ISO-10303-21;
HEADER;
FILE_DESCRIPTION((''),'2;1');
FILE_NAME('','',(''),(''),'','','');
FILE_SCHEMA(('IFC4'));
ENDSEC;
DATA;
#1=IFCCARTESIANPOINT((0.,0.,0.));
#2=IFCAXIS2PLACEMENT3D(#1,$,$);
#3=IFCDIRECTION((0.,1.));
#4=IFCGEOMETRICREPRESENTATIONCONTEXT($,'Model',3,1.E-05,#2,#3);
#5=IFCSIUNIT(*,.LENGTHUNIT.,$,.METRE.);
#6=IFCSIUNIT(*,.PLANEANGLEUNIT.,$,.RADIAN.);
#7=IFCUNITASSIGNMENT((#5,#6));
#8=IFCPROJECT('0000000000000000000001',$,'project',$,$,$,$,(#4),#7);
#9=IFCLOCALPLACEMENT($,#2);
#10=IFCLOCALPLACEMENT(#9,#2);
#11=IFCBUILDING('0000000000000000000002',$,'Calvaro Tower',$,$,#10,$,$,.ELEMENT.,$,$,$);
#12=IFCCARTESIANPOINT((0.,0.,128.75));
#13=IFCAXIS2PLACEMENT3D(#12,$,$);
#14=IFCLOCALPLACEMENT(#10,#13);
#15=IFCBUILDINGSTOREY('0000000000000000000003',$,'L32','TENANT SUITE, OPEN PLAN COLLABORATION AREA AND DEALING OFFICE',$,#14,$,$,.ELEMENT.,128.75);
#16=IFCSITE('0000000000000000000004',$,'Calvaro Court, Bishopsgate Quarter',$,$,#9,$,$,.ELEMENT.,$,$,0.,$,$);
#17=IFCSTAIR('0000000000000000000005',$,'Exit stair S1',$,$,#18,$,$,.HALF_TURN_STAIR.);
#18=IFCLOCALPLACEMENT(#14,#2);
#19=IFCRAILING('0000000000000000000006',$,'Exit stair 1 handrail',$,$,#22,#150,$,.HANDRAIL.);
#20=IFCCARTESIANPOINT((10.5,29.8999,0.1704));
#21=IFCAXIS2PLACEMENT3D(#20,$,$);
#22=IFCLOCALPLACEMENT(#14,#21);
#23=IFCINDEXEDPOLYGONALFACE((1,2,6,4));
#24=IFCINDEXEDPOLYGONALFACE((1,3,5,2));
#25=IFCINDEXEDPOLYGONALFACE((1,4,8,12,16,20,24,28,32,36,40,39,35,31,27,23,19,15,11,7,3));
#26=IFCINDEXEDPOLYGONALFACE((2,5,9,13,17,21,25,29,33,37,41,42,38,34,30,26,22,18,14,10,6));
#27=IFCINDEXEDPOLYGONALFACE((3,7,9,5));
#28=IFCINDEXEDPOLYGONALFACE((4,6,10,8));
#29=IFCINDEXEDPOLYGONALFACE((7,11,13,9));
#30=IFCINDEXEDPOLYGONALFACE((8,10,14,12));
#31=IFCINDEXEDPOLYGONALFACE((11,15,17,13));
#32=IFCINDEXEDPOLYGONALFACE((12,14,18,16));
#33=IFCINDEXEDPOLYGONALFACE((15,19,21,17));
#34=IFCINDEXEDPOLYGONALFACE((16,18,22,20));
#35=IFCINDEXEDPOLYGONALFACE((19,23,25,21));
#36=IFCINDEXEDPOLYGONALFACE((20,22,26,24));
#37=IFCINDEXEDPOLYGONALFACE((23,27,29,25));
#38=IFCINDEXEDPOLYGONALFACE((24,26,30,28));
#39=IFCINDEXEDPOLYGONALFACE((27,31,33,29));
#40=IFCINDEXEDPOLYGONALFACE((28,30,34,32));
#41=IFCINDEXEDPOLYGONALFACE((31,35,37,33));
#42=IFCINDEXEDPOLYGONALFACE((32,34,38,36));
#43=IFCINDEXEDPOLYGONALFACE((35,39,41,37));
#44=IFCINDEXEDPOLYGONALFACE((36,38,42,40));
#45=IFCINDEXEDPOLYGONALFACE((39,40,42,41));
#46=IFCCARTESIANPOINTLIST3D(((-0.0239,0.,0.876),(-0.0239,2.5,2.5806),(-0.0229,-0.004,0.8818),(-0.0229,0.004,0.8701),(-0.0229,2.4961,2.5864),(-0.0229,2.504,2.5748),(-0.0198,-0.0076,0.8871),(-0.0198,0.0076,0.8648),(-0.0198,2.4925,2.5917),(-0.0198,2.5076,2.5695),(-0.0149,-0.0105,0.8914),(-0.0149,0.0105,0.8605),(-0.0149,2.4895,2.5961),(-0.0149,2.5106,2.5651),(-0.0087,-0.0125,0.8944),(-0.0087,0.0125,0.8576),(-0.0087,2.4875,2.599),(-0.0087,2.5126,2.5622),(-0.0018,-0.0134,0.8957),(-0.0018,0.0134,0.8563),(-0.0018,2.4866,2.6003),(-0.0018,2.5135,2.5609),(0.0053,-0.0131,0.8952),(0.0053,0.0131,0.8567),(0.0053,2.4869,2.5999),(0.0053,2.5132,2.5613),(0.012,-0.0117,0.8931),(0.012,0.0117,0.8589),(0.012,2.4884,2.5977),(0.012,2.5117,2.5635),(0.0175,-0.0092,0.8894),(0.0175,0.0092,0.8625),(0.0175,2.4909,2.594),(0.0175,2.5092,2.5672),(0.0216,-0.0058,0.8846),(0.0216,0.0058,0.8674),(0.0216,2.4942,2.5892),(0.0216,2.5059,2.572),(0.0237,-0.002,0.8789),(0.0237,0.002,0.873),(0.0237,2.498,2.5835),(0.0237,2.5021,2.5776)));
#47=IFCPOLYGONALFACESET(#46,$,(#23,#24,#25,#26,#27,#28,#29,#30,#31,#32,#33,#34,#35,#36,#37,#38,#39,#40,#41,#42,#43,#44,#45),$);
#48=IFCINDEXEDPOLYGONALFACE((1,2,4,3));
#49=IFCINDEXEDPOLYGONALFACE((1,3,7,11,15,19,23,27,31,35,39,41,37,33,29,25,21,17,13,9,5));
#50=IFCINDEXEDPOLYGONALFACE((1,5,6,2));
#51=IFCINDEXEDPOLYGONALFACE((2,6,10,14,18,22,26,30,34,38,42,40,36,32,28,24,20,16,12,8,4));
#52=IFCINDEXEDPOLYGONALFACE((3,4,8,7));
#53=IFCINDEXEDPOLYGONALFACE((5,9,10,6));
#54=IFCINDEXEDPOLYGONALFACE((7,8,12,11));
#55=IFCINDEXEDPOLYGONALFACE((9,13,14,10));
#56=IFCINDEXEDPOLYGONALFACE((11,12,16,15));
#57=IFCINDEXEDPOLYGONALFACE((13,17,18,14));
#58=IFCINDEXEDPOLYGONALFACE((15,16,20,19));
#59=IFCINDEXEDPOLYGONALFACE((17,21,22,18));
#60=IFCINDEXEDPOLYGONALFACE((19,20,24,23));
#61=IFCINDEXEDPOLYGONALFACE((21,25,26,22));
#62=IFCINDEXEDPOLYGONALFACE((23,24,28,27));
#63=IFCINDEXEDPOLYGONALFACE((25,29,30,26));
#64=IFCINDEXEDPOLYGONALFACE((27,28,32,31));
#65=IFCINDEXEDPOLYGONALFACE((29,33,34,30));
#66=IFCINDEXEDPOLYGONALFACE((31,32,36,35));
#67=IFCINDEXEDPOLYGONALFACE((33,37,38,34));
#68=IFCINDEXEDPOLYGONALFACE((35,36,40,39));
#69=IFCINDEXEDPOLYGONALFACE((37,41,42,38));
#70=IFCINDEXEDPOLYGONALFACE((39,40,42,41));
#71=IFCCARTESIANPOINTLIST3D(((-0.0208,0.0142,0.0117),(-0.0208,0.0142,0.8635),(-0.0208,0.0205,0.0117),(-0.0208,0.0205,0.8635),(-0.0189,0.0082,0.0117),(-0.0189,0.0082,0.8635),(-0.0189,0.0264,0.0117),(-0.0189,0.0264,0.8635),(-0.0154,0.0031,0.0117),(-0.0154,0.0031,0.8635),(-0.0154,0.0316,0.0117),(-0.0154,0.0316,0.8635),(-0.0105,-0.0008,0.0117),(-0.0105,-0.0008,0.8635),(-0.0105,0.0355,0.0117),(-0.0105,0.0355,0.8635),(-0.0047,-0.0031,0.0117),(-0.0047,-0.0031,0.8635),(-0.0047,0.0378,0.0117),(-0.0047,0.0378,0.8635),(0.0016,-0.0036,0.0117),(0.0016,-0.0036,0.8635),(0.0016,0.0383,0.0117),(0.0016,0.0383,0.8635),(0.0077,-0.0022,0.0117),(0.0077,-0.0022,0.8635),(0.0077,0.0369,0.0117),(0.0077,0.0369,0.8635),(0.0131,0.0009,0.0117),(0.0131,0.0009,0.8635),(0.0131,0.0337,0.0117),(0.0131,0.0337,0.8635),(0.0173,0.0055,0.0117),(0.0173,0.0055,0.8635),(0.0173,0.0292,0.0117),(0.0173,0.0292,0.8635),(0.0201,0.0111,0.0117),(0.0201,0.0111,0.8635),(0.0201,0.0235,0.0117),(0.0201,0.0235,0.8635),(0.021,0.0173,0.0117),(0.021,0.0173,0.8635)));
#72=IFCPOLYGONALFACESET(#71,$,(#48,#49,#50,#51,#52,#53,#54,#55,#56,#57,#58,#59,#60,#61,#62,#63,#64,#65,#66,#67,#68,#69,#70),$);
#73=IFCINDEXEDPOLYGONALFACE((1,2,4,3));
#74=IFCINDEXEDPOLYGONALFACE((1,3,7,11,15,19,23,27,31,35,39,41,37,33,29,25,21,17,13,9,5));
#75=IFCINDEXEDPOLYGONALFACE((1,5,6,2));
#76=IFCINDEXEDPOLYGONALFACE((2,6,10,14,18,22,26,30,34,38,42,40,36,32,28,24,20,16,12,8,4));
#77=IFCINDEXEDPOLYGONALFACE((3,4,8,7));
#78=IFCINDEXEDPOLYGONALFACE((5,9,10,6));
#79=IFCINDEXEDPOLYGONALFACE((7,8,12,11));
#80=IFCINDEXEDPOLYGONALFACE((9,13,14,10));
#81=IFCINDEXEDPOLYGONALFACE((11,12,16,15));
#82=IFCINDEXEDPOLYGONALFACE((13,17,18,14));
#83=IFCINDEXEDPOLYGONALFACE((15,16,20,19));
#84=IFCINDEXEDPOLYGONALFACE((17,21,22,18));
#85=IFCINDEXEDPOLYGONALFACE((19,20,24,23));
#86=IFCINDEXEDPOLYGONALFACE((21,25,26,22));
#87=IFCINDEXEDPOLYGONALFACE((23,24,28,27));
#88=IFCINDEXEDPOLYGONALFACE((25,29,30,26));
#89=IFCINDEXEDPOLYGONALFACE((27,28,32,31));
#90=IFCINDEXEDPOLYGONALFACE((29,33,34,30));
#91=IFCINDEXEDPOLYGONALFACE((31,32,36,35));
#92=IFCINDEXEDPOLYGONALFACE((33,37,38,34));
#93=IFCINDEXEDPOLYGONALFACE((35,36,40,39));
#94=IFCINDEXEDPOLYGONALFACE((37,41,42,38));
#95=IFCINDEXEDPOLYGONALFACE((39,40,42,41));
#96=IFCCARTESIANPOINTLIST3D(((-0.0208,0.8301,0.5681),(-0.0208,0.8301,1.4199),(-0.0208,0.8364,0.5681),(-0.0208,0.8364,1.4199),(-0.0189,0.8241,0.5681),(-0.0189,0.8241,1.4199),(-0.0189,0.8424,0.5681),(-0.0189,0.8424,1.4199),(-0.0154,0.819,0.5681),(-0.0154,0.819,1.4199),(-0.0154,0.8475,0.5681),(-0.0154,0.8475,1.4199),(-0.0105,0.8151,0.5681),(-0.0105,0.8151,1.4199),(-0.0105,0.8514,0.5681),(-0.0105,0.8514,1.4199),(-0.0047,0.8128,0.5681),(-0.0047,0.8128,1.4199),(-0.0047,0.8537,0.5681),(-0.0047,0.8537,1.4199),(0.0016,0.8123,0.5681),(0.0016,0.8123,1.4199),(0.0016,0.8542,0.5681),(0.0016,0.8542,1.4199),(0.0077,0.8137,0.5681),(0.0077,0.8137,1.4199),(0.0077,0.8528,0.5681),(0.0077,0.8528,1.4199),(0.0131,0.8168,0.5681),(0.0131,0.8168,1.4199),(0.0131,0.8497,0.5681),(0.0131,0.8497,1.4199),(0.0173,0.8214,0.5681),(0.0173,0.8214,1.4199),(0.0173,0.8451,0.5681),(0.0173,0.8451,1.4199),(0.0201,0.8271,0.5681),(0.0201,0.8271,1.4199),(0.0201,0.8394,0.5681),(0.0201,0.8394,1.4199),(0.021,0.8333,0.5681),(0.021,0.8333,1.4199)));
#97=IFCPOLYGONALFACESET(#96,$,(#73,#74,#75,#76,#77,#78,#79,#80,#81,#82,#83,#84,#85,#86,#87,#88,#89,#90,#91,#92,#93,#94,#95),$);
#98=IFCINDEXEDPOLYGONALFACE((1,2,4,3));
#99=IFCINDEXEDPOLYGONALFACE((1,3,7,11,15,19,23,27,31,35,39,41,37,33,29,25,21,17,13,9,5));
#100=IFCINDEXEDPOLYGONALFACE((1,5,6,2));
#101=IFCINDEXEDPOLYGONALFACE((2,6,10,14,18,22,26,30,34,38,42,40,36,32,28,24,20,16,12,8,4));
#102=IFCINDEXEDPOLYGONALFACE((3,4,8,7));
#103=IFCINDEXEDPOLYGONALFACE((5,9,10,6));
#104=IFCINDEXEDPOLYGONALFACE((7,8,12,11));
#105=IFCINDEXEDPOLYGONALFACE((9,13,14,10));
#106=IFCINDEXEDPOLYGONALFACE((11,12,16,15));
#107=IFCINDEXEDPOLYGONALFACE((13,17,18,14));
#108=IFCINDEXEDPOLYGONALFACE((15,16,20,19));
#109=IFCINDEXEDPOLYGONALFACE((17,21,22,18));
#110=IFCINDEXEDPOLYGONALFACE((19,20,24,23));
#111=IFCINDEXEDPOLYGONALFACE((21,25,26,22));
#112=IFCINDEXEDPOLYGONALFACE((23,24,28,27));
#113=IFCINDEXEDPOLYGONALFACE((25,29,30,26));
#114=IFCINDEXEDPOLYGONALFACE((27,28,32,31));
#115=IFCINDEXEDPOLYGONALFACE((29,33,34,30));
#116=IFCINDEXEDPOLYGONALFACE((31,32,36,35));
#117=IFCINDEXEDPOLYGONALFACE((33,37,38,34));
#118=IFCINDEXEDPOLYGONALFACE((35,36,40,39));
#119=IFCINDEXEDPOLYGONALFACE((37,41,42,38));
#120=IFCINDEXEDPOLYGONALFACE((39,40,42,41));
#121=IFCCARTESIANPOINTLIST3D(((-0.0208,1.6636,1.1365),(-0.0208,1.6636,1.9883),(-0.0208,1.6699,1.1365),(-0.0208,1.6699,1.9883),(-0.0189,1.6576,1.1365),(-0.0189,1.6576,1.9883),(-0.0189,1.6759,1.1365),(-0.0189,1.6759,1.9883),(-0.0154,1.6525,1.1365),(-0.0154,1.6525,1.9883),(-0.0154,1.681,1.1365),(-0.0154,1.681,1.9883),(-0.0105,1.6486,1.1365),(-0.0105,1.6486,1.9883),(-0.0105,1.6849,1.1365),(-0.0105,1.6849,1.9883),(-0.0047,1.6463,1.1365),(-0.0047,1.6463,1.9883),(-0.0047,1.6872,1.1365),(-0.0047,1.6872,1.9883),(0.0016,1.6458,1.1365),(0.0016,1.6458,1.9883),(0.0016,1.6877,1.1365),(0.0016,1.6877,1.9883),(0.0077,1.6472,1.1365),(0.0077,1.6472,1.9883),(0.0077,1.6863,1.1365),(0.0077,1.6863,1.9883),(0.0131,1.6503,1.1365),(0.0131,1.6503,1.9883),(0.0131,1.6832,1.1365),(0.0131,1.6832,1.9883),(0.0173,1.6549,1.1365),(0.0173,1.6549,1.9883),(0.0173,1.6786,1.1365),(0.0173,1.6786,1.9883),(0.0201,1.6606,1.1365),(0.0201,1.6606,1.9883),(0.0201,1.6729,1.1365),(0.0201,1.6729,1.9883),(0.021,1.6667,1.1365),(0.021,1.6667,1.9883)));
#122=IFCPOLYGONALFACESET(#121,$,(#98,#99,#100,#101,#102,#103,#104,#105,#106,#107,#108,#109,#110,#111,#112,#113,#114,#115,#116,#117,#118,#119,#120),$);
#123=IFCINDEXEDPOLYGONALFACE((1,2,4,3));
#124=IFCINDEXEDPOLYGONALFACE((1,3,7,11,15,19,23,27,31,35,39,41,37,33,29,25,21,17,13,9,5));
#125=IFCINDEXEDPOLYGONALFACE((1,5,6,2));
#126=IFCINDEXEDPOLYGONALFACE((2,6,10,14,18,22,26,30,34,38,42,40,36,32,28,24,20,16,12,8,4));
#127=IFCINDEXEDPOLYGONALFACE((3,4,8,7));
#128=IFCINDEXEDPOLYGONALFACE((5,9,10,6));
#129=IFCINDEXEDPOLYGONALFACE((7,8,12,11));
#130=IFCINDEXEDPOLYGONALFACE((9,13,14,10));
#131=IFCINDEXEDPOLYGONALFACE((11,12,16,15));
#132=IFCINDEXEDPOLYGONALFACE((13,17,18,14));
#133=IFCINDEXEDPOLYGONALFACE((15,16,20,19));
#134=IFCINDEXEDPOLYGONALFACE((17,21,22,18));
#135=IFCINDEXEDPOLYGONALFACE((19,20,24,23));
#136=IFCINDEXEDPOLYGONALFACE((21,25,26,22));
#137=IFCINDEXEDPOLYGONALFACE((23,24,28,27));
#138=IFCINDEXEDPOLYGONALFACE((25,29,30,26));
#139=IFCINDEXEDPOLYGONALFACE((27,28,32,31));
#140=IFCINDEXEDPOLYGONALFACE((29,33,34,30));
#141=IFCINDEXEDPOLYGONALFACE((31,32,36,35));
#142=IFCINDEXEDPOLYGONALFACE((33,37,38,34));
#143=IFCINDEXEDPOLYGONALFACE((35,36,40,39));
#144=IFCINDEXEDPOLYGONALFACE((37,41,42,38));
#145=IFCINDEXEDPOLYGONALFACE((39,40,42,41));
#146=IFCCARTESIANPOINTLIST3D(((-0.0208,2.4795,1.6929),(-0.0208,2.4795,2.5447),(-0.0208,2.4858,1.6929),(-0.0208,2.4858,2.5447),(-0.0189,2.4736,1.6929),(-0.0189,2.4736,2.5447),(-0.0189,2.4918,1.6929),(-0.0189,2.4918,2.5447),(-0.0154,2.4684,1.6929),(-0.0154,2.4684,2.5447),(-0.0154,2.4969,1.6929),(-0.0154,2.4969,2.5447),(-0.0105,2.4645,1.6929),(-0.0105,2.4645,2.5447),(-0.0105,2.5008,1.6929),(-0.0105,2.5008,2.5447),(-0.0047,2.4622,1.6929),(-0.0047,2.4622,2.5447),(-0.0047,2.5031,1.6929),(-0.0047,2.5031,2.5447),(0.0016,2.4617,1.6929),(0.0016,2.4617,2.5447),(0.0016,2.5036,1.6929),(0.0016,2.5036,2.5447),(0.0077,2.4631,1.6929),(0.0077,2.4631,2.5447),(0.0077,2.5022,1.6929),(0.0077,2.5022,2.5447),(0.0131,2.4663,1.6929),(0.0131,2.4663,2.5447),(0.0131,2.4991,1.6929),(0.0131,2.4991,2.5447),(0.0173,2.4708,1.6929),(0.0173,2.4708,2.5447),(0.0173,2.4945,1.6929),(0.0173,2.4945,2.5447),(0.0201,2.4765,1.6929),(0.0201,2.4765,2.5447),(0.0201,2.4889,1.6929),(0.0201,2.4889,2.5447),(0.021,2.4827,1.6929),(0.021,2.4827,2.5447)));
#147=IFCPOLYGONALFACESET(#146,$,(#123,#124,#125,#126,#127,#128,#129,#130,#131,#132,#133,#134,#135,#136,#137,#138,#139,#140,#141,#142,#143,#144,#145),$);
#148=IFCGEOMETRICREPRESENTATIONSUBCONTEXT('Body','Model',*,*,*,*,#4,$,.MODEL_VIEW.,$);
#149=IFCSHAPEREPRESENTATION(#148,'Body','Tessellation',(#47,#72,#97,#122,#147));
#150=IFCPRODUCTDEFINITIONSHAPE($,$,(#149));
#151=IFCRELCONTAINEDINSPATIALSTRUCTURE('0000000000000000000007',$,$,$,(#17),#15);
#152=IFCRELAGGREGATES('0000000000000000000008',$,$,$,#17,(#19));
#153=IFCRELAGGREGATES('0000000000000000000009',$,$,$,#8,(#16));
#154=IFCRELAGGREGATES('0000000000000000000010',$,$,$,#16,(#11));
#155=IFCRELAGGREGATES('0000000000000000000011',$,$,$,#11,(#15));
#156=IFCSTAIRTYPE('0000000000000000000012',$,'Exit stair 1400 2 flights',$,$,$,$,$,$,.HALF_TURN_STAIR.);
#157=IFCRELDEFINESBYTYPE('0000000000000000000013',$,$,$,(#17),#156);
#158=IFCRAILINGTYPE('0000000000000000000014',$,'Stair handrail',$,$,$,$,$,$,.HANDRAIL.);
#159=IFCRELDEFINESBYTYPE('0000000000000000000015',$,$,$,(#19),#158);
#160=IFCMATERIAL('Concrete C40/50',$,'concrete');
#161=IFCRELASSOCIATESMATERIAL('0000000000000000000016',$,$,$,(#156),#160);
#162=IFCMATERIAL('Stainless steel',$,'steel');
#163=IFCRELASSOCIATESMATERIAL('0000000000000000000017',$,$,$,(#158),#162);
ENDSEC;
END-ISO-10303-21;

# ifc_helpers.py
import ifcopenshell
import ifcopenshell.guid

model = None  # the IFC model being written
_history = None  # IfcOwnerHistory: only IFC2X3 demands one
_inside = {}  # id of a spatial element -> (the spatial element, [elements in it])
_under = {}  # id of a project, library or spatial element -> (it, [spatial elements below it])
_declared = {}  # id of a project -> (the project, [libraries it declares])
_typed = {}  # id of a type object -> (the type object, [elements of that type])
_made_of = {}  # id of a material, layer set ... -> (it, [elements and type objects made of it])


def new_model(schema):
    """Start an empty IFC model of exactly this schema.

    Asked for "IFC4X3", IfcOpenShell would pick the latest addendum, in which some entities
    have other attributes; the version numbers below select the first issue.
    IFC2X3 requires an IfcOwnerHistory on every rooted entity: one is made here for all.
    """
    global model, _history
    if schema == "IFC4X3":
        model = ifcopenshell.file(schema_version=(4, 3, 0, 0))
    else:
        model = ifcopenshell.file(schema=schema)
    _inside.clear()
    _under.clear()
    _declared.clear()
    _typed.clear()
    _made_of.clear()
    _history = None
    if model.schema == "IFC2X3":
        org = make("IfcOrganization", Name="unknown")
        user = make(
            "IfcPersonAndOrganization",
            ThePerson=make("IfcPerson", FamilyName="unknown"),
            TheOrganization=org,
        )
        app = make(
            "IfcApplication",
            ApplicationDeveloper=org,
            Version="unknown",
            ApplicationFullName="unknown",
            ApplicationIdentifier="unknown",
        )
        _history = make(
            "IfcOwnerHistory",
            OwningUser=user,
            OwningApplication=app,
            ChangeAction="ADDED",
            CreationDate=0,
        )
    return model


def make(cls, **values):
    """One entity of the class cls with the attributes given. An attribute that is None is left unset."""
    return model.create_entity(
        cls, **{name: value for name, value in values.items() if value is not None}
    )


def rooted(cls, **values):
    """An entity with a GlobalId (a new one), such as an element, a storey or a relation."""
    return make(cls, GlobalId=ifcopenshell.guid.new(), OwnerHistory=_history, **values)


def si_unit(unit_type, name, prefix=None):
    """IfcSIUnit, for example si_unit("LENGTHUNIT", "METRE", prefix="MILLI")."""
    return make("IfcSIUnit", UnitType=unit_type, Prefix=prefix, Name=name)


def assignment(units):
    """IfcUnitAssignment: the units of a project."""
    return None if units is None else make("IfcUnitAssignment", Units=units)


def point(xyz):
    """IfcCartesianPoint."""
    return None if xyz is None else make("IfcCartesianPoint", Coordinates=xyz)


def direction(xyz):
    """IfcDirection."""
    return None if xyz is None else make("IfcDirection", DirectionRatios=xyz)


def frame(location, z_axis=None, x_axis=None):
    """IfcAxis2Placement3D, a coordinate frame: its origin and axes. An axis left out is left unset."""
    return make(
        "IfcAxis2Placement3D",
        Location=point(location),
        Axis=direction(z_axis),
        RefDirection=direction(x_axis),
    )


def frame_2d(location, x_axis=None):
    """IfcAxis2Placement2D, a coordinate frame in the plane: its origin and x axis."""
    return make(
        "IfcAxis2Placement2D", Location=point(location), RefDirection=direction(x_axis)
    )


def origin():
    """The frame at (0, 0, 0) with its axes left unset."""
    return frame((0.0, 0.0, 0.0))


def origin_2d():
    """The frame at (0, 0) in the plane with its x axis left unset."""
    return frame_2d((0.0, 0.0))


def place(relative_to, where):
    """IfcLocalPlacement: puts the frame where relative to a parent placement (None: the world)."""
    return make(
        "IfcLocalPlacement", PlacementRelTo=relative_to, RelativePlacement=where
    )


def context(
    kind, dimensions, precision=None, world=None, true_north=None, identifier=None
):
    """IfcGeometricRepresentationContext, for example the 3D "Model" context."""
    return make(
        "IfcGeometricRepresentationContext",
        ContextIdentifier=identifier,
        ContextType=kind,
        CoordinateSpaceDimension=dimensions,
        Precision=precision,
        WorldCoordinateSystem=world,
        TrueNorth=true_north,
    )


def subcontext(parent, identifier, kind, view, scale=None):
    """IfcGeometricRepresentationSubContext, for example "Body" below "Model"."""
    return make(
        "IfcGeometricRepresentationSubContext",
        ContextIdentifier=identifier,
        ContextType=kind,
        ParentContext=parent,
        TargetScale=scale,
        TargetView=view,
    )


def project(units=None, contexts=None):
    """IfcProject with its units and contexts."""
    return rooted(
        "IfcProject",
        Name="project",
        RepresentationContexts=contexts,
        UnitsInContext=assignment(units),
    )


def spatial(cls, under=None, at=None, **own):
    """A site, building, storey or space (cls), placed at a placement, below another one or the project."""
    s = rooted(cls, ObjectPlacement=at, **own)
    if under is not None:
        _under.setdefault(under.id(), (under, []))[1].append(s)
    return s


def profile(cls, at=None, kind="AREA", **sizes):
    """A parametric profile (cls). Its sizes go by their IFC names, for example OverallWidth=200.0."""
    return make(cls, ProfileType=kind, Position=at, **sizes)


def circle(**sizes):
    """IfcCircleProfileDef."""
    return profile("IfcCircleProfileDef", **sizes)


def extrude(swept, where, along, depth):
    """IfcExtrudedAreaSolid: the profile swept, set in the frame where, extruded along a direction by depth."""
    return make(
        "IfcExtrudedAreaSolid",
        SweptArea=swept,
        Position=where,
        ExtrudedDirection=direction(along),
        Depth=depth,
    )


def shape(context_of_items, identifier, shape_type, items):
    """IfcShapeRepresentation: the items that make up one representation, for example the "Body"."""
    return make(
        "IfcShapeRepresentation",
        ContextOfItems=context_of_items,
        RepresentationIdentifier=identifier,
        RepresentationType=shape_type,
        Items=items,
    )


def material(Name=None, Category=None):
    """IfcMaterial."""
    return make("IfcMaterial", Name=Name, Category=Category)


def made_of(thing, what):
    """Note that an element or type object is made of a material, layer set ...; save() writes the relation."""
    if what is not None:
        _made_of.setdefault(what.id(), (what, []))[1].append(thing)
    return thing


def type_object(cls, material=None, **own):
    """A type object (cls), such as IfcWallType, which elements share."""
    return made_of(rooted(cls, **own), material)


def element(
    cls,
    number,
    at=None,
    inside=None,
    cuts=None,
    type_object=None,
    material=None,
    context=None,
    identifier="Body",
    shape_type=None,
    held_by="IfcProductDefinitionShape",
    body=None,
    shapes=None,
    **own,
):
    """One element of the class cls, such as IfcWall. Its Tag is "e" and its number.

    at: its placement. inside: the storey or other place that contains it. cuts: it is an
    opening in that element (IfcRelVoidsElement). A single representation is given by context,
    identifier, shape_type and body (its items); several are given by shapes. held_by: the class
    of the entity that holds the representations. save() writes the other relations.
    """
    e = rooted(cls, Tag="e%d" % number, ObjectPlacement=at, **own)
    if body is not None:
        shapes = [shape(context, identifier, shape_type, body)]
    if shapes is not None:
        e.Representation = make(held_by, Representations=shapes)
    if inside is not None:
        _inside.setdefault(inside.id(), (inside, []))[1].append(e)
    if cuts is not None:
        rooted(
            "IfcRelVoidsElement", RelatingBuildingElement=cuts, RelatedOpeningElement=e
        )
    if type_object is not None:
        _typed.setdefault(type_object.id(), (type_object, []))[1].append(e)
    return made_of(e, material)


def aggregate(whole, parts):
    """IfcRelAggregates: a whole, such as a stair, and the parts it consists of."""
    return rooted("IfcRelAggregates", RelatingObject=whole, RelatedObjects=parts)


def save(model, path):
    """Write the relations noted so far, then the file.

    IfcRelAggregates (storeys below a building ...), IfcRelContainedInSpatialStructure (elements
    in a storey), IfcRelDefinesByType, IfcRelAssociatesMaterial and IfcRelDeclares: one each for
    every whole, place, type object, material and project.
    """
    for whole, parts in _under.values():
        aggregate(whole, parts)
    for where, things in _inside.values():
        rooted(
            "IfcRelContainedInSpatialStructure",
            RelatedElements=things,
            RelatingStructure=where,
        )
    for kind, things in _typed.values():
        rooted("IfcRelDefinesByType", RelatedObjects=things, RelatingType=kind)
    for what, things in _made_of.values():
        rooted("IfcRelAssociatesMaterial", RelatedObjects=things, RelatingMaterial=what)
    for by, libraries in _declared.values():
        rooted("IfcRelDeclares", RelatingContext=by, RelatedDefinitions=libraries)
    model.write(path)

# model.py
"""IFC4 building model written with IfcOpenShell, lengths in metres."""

from ifc_helpers import new_model, si_unit, direction, frame, origin, origin_2d, place, context, subcontext, project, spatial, circle, extrude, material, type_object, element, aggregate, save


model = new_model("IFC4")

# Units and contexts
model_context = context("Model", 3, precision=1e-05, world=origin(), true_north=direction((0.0, 1.0)))
body_context = subcontext(model_context, "Body", "Model", "MODEL_VIEW")
ifc_project = project(units=[si_unit("LENGTHUNIT", "METRE"), si_unit("PLANEANGLEUNIT", "RADIAN")], contexts=[model_context])

# Site, building, storey
site_placement = place(None, origin())
site = spatial("IfcSite", under=ifc_project, at=site_placement, Name="Calvaro Court, Bishopsgate Quarter", CompositionType="ELEMENT", RefElevation=0.0)
building_placement = place(site_placement, origin())
building = spatial("IfcBuilding", under=site, at=building_placement, Name="Calvaro Tower", CompositionType="ELEMENT")
storey_placement = place(building_placement, frame((0.0, 0.0, 128.75)))
storey = spatial("IfcBuildingStorey", under=building, at=storey_placement, Name="L32", Description="TENANT SUITE, OPEN PLAN COLLABORATION AREA AND DEALING OFFICE", CompositionType="ELEMENT", Elevation=128.75)

# Stair, railing
ifc_material_1 = material(Name="Concrete C40/50", Category="concrete")
stair_type = type_object("IfcStairType", Name="Exit stair 1400 2 flights", PredefinedType="HALF_TURN_STAIR", material=ifc_material_1)
stair_placement = place(storey_placement, origin())
stair = element("IfcStair", 1, at=stair_placement, inside=storey, type_object=stair_type, Name="Exit stair S1", PredefinedType="HALF_TURN_STAIR")
ifc_material_2 = material(Name="Stainless steel", Category="steel")
railing_type = type_object("IfcRailingType", Name="Stair handrail", PredefinedType="HANDRAIL", material=ifc_material_2)
railing_placement = place(storey_placement, frame((10.5, 29.8999, 0.1704)))
railing = element("IfcRailing", 2, at=railing_placement, type_object=railing_type, Name="Exit stair 1 handrail", PredefinedType="HANDRAIL", context=body_context, shape_type="SweptSolid", body=[
    extrude(circle(Radius=0.0239, at=origin_2d()), frame((0.0, 0.0, 0.876), z_axis=(0.0, 0.826221, 0.563347), x_axis=(-1.0, 0.0, 0.0)), (0.0, 0.0, 1.0), 3.0259),
    extrude(circle(Radius=0.021, at=origin_2d()), frame((0.0, 0.0173, 0.0117)), (0.0, 0.0, 1.0), 0.8518),
    extrude(circle(Radius=0.021, at=origin_2d()), frame((0.0, 0.8333, 0.5681)), (0.0, 0.0, 1.0), 0.8518),
    extrude(circle(Radius=0.021, at=origin_2d()), frame((0.0, 1.6667, 1.1365)), (0.0, 0.0, 1.0), 0.8518),
    extrude(circle(Radius=0.021, at=origin_2d()), frame((0.0, 2.4827, 1.6929)), (0.0, 0.0, 1.0), 0.8518),
])
aggregate(stair, [railing])

save(model, "model.ifc")
